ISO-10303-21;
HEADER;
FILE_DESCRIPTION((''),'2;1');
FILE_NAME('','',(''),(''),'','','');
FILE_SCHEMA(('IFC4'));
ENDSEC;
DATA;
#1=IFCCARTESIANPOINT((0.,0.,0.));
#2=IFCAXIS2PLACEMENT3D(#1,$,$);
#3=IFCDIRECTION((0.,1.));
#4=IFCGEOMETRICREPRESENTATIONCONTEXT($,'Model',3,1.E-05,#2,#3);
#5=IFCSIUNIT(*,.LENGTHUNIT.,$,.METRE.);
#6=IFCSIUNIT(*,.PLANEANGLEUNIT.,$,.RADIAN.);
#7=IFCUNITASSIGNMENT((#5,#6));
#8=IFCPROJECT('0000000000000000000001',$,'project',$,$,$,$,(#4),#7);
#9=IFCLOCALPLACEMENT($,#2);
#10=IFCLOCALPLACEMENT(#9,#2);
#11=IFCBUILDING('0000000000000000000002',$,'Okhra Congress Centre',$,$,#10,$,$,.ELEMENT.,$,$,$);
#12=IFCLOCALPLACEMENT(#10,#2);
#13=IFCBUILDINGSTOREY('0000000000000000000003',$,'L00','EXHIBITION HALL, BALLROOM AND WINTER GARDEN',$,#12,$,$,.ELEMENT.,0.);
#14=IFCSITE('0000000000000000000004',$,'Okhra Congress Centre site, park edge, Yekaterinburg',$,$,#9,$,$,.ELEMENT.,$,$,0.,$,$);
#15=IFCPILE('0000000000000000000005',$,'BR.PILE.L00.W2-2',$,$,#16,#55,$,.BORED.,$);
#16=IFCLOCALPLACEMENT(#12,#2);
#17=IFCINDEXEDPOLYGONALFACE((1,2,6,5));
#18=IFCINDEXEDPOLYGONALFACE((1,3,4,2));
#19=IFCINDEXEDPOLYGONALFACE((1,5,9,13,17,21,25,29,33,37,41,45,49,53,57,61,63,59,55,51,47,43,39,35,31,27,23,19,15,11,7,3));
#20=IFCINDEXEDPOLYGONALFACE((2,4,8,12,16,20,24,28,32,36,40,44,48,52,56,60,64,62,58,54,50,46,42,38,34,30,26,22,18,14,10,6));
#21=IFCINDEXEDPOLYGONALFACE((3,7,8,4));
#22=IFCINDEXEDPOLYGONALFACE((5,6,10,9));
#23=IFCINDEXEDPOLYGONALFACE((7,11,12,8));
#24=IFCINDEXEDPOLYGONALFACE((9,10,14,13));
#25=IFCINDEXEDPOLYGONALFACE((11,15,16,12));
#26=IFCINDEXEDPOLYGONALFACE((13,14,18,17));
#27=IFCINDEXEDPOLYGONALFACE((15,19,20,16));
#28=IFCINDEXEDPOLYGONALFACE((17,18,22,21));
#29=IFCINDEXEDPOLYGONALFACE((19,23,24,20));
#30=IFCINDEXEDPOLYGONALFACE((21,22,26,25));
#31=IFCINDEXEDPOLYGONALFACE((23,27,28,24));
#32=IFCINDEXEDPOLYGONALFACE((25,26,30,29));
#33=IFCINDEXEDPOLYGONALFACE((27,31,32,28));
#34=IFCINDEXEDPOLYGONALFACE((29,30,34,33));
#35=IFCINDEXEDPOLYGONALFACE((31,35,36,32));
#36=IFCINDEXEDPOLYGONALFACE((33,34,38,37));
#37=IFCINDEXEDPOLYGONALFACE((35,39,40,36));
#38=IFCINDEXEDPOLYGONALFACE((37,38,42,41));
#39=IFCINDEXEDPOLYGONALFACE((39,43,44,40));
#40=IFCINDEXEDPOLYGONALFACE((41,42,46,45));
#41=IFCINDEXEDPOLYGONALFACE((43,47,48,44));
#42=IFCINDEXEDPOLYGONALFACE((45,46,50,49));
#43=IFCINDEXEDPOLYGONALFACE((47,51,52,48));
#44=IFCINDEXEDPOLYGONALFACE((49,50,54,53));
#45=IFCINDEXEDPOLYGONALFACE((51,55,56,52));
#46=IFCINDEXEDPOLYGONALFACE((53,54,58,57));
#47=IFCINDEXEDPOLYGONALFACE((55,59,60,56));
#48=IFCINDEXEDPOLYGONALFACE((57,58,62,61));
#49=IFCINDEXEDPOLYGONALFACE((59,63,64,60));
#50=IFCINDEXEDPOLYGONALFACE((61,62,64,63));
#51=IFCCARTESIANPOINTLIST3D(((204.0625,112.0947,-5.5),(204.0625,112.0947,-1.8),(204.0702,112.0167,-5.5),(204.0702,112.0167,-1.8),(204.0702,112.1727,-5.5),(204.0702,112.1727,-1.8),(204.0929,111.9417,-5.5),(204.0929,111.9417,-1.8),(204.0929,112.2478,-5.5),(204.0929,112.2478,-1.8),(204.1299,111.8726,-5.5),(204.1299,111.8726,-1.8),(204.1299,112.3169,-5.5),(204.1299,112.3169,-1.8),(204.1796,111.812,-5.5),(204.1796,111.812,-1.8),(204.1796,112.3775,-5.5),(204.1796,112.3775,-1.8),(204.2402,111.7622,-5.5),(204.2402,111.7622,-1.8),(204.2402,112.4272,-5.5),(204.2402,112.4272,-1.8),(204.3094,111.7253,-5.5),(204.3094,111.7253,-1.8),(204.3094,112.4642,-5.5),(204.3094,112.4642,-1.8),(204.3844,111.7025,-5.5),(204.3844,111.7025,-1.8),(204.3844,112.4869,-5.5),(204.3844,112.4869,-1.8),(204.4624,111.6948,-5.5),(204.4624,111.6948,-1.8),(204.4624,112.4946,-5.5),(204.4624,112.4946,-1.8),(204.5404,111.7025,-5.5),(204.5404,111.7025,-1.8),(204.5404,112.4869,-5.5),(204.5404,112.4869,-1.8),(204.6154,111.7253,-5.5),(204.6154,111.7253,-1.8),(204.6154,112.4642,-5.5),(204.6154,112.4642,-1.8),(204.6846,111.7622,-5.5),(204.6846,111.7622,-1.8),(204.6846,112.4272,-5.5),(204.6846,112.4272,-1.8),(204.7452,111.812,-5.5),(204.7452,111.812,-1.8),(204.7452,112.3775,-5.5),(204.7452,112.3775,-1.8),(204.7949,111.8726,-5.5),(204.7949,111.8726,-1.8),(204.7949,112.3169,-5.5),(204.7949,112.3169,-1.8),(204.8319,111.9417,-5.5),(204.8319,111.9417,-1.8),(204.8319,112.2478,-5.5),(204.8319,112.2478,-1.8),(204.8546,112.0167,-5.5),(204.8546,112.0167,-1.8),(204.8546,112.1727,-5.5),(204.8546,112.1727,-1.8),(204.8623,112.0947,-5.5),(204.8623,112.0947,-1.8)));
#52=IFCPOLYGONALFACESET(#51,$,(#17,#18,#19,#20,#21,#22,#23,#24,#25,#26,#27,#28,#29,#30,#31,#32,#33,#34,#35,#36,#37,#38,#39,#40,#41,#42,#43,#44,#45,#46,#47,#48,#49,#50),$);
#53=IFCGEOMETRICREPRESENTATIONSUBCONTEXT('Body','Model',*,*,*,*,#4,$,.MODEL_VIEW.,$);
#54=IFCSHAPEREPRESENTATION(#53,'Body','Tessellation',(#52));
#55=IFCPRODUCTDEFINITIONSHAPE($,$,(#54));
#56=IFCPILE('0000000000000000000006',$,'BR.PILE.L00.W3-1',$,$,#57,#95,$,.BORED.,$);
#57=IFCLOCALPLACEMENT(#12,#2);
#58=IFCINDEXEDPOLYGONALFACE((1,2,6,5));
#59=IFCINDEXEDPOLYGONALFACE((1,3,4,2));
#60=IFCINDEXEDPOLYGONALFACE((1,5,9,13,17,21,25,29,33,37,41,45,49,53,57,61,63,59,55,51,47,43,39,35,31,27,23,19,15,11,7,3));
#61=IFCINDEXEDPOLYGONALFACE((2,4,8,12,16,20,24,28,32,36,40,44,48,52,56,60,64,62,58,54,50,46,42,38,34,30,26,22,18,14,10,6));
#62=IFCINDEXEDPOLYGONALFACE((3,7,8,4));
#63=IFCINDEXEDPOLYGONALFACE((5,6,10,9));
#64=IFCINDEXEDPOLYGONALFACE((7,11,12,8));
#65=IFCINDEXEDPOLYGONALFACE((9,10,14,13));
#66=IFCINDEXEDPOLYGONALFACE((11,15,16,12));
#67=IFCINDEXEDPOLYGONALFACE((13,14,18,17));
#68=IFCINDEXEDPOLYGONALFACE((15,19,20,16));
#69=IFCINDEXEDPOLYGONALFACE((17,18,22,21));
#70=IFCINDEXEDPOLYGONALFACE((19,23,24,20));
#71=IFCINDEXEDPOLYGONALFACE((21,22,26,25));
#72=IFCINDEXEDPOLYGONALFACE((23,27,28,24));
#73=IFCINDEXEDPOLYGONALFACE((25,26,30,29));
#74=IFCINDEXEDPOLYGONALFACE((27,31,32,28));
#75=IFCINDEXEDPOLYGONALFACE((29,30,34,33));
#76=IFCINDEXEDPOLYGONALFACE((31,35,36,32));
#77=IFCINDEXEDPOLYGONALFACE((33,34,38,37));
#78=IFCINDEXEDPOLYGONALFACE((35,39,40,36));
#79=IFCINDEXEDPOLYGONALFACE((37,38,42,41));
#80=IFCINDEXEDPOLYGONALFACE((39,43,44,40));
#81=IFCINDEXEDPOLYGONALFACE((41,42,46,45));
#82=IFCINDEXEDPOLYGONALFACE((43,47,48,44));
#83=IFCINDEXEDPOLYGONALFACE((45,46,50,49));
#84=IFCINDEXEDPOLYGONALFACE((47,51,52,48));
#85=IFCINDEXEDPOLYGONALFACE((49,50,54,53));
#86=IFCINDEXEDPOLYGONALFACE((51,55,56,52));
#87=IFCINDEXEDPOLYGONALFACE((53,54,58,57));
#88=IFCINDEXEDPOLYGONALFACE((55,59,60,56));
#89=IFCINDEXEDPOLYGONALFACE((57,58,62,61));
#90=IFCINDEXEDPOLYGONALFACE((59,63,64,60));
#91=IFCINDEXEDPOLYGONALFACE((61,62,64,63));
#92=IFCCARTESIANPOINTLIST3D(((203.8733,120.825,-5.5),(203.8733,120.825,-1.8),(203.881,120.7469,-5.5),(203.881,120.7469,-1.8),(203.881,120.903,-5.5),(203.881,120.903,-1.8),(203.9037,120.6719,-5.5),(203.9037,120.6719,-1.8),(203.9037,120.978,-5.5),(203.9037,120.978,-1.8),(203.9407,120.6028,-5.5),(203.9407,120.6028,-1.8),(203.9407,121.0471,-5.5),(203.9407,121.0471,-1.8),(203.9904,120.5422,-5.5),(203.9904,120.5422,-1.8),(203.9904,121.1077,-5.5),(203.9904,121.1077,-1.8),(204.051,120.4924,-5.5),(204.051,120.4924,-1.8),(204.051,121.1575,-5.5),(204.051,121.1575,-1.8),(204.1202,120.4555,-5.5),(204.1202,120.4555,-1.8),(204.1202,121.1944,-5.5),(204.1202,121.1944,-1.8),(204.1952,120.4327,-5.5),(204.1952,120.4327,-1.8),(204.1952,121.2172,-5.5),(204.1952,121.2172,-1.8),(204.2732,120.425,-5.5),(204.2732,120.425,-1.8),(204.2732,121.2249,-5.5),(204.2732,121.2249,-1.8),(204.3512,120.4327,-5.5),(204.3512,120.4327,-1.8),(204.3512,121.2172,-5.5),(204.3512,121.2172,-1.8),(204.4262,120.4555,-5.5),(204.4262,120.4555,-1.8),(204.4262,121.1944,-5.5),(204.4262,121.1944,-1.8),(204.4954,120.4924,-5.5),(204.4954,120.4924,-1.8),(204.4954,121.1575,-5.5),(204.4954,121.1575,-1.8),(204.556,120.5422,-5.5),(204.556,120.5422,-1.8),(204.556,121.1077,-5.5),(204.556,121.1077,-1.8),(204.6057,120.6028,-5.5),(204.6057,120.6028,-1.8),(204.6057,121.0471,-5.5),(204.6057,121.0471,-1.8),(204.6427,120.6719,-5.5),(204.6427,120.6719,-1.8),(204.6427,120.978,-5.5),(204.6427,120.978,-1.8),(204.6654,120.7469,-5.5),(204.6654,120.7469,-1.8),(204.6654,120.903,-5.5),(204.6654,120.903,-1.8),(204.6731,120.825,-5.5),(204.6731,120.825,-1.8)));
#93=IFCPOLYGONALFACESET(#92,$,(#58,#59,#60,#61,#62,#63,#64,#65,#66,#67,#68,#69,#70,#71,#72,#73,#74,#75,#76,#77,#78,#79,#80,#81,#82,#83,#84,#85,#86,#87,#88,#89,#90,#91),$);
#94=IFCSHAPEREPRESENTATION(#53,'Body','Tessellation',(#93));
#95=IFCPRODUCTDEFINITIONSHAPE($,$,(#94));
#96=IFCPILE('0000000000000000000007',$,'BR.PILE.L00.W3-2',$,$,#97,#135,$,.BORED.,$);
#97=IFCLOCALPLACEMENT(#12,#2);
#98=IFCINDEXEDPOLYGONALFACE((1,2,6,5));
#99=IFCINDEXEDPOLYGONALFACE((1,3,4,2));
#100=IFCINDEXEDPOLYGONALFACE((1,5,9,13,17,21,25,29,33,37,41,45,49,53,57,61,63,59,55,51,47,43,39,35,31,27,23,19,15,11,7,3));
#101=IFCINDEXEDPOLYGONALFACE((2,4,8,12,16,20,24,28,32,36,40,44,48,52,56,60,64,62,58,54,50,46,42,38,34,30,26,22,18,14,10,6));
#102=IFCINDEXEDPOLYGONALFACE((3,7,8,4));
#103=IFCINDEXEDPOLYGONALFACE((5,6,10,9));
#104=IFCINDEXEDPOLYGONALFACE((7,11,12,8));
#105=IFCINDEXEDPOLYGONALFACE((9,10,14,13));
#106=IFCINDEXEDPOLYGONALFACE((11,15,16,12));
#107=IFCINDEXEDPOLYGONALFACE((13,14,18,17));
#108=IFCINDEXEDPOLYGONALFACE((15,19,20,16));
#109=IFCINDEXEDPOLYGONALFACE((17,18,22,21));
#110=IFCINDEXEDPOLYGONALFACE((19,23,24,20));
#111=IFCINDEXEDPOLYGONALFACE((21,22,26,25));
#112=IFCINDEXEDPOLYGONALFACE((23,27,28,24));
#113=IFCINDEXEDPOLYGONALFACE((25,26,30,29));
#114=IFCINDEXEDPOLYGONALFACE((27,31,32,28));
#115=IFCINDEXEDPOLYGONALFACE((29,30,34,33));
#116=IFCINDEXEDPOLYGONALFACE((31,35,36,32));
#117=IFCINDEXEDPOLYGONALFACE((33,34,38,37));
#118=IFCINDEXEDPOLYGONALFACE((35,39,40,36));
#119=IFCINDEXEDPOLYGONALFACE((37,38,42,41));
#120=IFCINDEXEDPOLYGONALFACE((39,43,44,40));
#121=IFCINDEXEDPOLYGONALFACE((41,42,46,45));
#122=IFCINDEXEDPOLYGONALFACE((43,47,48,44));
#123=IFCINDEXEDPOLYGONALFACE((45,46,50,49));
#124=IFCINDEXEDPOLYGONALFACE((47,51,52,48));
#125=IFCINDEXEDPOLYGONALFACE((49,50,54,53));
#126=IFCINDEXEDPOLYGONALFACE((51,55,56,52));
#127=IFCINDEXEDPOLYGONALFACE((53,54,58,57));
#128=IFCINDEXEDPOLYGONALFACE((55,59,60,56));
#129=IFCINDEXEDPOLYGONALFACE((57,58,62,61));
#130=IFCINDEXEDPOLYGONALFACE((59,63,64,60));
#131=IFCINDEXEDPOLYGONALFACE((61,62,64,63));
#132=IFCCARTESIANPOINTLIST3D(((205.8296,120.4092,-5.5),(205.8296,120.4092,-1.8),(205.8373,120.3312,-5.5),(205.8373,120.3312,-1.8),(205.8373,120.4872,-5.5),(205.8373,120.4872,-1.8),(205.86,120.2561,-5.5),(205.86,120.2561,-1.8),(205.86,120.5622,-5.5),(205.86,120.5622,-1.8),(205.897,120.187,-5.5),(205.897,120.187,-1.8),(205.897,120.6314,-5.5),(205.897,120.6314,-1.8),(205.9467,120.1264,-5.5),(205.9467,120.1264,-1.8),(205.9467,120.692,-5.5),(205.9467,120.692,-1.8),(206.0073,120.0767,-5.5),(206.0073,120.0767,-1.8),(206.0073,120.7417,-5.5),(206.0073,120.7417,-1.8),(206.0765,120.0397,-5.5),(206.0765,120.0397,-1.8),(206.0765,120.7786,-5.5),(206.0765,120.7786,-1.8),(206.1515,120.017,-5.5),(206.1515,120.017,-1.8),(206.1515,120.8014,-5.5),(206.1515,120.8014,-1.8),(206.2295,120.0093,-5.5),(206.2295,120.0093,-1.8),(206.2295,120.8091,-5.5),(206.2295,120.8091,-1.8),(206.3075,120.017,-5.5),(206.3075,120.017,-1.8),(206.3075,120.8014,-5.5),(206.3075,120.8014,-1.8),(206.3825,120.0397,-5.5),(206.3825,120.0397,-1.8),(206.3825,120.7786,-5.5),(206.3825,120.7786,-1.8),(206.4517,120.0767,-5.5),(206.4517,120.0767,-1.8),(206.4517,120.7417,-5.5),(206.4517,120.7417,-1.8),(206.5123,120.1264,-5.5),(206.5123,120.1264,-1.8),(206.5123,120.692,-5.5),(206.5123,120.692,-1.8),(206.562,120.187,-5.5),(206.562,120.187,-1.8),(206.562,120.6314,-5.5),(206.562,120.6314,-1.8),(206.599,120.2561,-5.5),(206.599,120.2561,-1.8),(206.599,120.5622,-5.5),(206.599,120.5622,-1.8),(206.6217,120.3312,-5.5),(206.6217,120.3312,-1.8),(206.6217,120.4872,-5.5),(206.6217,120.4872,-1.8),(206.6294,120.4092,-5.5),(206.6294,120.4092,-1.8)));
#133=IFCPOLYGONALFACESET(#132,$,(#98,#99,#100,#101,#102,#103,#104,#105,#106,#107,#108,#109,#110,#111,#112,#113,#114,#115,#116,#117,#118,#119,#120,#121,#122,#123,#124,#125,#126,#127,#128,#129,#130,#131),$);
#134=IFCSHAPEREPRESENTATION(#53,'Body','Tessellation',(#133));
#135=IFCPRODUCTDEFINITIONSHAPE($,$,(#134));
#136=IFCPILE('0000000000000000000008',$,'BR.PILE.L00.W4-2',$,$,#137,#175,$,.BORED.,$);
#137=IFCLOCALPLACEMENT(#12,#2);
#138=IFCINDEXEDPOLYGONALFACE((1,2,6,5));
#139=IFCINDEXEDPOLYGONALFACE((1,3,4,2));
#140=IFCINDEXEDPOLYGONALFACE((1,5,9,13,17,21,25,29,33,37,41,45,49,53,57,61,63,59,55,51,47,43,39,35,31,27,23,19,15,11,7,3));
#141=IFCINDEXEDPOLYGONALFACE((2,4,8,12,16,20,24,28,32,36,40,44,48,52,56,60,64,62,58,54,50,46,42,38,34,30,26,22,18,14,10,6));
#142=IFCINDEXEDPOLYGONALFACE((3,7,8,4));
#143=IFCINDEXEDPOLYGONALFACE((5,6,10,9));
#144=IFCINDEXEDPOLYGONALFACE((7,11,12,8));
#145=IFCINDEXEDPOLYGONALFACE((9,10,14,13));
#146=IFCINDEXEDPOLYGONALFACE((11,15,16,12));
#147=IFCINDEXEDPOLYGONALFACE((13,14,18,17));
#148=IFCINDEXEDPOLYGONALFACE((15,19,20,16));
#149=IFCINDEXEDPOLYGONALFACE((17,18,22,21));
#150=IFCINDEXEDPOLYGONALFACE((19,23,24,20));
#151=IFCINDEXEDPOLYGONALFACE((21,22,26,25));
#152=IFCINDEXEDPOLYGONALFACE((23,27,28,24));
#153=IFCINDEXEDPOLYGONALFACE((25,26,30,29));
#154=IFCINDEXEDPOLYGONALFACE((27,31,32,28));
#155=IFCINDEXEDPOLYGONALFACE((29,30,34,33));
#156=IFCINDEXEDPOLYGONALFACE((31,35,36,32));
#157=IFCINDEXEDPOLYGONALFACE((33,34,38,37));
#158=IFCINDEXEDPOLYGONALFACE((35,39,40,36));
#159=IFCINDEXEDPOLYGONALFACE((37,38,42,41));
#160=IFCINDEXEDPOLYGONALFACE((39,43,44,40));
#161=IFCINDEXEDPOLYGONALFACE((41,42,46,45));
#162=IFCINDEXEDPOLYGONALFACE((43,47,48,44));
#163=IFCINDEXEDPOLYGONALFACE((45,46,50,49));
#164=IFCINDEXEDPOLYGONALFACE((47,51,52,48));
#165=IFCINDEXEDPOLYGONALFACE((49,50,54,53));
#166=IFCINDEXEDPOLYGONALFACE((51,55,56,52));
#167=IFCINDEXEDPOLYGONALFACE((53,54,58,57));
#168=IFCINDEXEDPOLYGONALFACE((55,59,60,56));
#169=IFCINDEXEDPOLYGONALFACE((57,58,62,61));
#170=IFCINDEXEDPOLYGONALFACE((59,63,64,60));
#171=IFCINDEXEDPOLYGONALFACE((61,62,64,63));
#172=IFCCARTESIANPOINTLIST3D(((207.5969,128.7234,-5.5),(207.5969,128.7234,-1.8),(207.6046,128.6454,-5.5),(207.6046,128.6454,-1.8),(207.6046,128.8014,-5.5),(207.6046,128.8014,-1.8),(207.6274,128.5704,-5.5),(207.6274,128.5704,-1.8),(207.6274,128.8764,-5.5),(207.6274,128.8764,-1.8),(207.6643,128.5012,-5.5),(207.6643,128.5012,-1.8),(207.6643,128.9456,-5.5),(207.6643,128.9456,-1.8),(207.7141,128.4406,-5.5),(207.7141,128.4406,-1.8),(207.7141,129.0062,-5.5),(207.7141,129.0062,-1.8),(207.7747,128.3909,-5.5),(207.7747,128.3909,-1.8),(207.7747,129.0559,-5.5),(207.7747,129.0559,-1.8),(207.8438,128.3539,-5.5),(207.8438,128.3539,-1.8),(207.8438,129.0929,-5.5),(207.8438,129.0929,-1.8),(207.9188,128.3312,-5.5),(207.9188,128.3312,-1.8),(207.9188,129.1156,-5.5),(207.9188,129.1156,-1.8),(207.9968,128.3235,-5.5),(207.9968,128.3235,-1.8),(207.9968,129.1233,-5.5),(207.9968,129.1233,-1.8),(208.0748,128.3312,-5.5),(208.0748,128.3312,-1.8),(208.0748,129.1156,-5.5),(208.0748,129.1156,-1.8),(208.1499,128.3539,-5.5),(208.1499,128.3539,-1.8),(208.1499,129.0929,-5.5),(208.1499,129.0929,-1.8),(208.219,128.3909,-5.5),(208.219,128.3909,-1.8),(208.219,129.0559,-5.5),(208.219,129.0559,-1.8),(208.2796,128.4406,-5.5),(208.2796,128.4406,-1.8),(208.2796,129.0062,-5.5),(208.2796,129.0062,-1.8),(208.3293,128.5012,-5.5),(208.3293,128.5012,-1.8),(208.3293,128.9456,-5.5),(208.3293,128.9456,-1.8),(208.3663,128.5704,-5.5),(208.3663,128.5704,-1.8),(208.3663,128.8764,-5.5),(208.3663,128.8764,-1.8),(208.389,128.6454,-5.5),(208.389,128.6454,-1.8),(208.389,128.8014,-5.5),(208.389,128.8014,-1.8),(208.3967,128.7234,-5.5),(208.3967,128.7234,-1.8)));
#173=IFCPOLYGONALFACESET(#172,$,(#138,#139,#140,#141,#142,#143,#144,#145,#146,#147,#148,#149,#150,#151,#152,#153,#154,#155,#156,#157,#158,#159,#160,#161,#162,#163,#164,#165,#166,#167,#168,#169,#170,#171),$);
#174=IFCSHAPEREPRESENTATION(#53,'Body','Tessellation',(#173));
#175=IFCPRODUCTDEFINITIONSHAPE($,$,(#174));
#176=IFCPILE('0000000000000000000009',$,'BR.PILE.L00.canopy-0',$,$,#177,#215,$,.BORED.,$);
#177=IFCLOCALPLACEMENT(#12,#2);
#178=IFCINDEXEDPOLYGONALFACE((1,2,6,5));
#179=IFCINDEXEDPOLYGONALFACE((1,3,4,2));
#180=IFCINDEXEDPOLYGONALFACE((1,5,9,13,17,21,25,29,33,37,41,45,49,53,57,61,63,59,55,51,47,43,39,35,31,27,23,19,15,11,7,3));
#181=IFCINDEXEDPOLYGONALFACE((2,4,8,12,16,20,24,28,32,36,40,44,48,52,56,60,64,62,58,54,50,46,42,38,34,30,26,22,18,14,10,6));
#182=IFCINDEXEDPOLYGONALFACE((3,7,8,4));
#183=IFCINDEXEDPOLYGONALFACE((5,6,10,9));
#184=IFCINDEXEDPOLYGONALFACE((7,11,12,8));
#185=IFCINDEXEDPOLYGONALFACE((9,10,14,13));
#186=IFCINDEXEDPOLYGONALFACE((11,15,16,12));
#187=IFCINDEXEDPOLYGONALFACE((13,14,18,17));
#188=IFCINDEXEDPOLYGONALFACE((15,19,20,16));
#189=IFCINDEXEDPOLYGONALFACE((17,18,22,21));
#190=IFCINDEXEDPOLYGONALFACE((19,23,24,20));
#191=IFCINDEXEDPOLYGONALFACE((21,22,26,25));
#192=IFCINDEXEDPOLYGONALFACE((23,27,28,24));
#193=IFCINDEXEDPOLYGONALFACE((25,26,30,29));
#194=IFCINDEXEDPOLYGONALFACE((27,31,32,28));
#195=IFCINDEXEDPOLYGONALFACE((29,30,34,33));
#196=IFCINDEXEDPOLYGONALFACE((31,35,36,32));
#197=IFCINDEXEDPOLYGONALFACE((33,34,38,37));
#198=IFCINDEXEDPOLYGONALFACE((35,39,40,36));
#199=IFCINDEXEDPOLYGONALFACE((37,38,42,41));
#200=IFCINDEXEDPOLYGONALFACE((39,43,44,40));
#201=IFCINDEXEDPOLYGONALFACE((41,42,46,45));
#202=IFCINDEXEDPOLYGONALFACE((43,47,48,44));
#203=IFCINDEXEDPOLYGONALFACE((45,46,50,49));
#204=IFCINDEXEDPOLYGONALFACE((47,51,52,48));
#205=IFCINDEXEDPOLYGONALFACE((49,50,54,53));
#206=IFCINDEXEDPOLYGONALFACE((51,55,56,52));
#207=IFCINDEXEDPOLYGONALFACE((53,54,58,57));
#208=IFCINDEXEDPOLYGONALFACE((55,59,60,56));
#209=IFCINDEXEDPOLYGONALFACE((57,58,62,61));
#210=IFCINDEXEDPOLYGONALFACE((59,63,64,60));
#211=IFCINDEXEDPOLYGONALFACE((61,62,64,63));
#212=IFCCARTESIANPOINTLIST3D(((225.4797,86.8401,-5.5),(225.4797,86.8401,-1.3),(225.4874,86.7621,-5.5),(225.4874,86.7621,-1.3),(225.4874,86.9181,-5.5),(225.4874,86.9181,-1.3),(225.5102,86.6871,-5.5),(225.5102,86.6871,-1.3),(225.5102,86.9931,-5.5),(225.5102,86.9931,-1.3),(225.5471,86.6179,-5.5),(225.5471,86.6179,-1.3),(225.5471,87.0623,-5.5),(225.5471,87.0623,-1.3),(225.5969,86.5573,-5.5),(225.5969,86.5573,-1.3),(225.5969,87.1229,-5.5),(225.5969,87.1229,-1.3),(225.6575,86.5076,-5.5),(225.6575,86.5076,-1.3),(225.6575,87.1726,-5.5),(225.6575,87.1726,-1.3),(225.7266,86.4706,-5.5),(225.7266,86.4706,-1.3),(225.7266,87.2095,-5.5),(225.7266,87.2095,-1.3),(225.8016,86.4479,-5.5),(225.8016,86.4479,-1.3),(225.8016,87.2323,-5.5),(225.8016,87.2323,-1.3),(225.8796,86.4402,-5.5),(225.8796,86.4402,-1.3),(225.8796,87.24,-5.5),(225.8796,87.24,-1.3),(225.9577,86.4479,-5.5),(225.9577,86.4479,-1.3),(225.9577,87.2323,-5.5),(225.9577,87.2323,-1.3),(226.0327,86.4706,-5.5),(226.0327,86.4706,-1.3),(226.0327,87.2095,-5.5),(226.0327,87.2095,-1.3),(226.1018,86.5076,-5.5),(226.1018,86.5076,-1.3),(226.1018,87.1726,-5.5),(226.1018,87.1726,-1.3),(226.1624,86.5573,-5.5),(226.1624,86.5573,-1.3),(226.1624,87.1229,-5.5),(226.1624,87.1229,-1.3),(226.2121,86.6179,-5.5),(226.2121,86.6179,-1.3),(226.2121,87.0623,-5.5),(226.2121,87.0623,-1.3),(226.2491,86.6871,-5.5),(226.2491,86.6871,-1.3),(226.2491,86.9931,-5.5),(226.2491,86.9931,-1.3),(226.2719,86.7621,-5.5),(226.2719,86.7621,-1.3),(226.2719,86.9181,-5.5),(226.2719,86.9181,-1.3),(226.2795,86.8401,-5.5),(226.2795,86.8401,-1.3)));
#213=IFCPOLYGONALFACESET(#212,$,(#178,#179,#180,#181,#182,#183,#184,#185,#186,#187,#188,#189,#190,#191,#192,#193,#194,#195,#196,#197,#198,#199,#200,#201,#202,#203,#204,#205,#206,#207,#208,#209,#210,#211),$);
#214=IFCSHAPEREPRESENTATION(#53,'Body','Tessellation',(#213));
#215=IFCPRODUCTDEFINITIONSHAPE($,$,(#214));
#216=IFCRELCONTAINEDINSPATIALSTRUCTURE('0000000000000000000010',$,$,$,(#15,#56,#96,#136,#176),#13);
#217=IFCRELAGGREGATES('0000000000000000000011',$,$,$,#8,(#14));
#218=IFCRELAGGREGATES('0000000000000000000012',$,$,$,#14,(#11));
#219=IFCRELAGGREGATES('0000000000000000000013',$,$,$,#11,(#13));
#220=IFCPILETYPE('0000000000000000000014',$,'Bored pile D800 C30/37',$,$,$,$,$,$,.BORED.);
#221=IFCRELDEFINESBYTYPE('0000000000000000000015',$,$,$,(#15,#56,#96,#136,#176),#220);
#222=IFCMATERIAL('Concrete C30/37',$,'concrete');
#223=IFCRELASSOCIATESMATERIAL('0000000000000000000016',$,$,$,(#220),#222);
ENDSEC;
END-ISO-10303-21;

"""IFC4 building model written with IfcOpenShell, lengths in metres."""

from ifc_helpers import new_model, si_unit, direction, frame, origin, origin_2d, place, context, subcontext, project, spatial, circle, extrude, material, material_profile, profile_set, type_object, element, save


model = new_model("IFC4")

# Units and contexts
model_context = context("Model", 3, precision=1e-05, world=origin(), true_north=direction((0.0, 1.0)))
body_context = subcontext(model_context, "Body", "Model", "MODEL_VIEW")
ifc_project = project(units=[si_unit("LENGTHUNIT", "METRE"), si_unit("PLANEANGLEUNIT", "RADIAN")], contexts=[model_context])

# Site, building, storey
site_placement = place(None, origin())
site = spatial("IfcSite", under=ifc_project, at=site_placement, Name="Okhra Congress Centre site, park edge, Yekaterinburg", CompositionType="ELEMENT", RefElevation=0.0)
building_placement = place(site_placement, origin())
building = spatial("IfcBuilding", under=site, at=building_placement, Name="Okhra Congress Centre", CompositionType="ELEMENT")
storey_placement = place(building_placement, origin())
storey = spatial("IfcBuildingStorey", under=building, at=storey_placement, Name="L00", Description="EXHIBITION HALL, BALLROOM AND WINTER GARDEN", CompositionType="ELEMENT", Elevation=0.0)

# Piles
ifc_material_1 = material(Name="Concrete C30/37", Category="concrete")
ifc_material_profile_1 = material_profile(ifc_material_1, circle(Radius=0.3999, at=origin_2d()), Name="D800")
ifc_profile_set_1 = profile_set([ifc_material_profile_1], Name="Concrete C30/37")
pile_type = type_object("IfcPileType", Name="Bored pile D800 C30/37", PredefinedType="BORED", material=ifc_profile_set_1)
for number, where, z_axis, x_axis, name in (
    (1, (204.4624, 112.0947, -1.8), (0.0, 0.0, -1.0), (1.0, 0.0, 0.0), "BR.PILE.L00.W2-2"),
    (2, (204.2732, 120.825, -1.8), (0.0, 0.0, -1.0), (1.0, 0.0, 0.0), "BR.PILE.L00.W3-1"),
    (3, (206.2295, 120.4092, -1.8), (0.0, 0.0, -1.0), (1.0, 0.0, 0.0), "BR.PILE.L00.W3-2"),
    (4, (207.9968, 128.7234, -1.8), (0.0, 0.0, -1.0), (1.0, 0.0, 0.0), "BR.PILE.L00.W4-2"),
):
    element("IfcPile", number, at=place(storey_placement, frame(where, z_axis=z_axis, x_axis=x_axis)), inside=storey, type_object=pile_type, Name=name, PredefinedType="BORED", context=body_context, shape_type="SweptSolid", body=[
        extrude(circle(Radius=0.3999, at=origin_2d()), origin(), (0.0, 0.0, 1.0), 3.7),
    ])
pile_placement = place(storey_placement, frame((225.8796, 86.8401, -1.3), z_axis=(0.0, 0.0, -1.0), x_axis=(1.0, 0.0, 0.0)))
element("IfcPile", 5, at=pile_placement, inside=storey, type_object=pile_type, Name="BR.PILE.L00.canopy-0", PredefinedType="BORED", context=body_context, shape_type="SweptSolid", body=[
    extrude(circle(Radius=0.3999, at=origin_2d()), origin(), (0.0, 0.0, 1.0), 4.2),
])

save(model, "model.ifc")
